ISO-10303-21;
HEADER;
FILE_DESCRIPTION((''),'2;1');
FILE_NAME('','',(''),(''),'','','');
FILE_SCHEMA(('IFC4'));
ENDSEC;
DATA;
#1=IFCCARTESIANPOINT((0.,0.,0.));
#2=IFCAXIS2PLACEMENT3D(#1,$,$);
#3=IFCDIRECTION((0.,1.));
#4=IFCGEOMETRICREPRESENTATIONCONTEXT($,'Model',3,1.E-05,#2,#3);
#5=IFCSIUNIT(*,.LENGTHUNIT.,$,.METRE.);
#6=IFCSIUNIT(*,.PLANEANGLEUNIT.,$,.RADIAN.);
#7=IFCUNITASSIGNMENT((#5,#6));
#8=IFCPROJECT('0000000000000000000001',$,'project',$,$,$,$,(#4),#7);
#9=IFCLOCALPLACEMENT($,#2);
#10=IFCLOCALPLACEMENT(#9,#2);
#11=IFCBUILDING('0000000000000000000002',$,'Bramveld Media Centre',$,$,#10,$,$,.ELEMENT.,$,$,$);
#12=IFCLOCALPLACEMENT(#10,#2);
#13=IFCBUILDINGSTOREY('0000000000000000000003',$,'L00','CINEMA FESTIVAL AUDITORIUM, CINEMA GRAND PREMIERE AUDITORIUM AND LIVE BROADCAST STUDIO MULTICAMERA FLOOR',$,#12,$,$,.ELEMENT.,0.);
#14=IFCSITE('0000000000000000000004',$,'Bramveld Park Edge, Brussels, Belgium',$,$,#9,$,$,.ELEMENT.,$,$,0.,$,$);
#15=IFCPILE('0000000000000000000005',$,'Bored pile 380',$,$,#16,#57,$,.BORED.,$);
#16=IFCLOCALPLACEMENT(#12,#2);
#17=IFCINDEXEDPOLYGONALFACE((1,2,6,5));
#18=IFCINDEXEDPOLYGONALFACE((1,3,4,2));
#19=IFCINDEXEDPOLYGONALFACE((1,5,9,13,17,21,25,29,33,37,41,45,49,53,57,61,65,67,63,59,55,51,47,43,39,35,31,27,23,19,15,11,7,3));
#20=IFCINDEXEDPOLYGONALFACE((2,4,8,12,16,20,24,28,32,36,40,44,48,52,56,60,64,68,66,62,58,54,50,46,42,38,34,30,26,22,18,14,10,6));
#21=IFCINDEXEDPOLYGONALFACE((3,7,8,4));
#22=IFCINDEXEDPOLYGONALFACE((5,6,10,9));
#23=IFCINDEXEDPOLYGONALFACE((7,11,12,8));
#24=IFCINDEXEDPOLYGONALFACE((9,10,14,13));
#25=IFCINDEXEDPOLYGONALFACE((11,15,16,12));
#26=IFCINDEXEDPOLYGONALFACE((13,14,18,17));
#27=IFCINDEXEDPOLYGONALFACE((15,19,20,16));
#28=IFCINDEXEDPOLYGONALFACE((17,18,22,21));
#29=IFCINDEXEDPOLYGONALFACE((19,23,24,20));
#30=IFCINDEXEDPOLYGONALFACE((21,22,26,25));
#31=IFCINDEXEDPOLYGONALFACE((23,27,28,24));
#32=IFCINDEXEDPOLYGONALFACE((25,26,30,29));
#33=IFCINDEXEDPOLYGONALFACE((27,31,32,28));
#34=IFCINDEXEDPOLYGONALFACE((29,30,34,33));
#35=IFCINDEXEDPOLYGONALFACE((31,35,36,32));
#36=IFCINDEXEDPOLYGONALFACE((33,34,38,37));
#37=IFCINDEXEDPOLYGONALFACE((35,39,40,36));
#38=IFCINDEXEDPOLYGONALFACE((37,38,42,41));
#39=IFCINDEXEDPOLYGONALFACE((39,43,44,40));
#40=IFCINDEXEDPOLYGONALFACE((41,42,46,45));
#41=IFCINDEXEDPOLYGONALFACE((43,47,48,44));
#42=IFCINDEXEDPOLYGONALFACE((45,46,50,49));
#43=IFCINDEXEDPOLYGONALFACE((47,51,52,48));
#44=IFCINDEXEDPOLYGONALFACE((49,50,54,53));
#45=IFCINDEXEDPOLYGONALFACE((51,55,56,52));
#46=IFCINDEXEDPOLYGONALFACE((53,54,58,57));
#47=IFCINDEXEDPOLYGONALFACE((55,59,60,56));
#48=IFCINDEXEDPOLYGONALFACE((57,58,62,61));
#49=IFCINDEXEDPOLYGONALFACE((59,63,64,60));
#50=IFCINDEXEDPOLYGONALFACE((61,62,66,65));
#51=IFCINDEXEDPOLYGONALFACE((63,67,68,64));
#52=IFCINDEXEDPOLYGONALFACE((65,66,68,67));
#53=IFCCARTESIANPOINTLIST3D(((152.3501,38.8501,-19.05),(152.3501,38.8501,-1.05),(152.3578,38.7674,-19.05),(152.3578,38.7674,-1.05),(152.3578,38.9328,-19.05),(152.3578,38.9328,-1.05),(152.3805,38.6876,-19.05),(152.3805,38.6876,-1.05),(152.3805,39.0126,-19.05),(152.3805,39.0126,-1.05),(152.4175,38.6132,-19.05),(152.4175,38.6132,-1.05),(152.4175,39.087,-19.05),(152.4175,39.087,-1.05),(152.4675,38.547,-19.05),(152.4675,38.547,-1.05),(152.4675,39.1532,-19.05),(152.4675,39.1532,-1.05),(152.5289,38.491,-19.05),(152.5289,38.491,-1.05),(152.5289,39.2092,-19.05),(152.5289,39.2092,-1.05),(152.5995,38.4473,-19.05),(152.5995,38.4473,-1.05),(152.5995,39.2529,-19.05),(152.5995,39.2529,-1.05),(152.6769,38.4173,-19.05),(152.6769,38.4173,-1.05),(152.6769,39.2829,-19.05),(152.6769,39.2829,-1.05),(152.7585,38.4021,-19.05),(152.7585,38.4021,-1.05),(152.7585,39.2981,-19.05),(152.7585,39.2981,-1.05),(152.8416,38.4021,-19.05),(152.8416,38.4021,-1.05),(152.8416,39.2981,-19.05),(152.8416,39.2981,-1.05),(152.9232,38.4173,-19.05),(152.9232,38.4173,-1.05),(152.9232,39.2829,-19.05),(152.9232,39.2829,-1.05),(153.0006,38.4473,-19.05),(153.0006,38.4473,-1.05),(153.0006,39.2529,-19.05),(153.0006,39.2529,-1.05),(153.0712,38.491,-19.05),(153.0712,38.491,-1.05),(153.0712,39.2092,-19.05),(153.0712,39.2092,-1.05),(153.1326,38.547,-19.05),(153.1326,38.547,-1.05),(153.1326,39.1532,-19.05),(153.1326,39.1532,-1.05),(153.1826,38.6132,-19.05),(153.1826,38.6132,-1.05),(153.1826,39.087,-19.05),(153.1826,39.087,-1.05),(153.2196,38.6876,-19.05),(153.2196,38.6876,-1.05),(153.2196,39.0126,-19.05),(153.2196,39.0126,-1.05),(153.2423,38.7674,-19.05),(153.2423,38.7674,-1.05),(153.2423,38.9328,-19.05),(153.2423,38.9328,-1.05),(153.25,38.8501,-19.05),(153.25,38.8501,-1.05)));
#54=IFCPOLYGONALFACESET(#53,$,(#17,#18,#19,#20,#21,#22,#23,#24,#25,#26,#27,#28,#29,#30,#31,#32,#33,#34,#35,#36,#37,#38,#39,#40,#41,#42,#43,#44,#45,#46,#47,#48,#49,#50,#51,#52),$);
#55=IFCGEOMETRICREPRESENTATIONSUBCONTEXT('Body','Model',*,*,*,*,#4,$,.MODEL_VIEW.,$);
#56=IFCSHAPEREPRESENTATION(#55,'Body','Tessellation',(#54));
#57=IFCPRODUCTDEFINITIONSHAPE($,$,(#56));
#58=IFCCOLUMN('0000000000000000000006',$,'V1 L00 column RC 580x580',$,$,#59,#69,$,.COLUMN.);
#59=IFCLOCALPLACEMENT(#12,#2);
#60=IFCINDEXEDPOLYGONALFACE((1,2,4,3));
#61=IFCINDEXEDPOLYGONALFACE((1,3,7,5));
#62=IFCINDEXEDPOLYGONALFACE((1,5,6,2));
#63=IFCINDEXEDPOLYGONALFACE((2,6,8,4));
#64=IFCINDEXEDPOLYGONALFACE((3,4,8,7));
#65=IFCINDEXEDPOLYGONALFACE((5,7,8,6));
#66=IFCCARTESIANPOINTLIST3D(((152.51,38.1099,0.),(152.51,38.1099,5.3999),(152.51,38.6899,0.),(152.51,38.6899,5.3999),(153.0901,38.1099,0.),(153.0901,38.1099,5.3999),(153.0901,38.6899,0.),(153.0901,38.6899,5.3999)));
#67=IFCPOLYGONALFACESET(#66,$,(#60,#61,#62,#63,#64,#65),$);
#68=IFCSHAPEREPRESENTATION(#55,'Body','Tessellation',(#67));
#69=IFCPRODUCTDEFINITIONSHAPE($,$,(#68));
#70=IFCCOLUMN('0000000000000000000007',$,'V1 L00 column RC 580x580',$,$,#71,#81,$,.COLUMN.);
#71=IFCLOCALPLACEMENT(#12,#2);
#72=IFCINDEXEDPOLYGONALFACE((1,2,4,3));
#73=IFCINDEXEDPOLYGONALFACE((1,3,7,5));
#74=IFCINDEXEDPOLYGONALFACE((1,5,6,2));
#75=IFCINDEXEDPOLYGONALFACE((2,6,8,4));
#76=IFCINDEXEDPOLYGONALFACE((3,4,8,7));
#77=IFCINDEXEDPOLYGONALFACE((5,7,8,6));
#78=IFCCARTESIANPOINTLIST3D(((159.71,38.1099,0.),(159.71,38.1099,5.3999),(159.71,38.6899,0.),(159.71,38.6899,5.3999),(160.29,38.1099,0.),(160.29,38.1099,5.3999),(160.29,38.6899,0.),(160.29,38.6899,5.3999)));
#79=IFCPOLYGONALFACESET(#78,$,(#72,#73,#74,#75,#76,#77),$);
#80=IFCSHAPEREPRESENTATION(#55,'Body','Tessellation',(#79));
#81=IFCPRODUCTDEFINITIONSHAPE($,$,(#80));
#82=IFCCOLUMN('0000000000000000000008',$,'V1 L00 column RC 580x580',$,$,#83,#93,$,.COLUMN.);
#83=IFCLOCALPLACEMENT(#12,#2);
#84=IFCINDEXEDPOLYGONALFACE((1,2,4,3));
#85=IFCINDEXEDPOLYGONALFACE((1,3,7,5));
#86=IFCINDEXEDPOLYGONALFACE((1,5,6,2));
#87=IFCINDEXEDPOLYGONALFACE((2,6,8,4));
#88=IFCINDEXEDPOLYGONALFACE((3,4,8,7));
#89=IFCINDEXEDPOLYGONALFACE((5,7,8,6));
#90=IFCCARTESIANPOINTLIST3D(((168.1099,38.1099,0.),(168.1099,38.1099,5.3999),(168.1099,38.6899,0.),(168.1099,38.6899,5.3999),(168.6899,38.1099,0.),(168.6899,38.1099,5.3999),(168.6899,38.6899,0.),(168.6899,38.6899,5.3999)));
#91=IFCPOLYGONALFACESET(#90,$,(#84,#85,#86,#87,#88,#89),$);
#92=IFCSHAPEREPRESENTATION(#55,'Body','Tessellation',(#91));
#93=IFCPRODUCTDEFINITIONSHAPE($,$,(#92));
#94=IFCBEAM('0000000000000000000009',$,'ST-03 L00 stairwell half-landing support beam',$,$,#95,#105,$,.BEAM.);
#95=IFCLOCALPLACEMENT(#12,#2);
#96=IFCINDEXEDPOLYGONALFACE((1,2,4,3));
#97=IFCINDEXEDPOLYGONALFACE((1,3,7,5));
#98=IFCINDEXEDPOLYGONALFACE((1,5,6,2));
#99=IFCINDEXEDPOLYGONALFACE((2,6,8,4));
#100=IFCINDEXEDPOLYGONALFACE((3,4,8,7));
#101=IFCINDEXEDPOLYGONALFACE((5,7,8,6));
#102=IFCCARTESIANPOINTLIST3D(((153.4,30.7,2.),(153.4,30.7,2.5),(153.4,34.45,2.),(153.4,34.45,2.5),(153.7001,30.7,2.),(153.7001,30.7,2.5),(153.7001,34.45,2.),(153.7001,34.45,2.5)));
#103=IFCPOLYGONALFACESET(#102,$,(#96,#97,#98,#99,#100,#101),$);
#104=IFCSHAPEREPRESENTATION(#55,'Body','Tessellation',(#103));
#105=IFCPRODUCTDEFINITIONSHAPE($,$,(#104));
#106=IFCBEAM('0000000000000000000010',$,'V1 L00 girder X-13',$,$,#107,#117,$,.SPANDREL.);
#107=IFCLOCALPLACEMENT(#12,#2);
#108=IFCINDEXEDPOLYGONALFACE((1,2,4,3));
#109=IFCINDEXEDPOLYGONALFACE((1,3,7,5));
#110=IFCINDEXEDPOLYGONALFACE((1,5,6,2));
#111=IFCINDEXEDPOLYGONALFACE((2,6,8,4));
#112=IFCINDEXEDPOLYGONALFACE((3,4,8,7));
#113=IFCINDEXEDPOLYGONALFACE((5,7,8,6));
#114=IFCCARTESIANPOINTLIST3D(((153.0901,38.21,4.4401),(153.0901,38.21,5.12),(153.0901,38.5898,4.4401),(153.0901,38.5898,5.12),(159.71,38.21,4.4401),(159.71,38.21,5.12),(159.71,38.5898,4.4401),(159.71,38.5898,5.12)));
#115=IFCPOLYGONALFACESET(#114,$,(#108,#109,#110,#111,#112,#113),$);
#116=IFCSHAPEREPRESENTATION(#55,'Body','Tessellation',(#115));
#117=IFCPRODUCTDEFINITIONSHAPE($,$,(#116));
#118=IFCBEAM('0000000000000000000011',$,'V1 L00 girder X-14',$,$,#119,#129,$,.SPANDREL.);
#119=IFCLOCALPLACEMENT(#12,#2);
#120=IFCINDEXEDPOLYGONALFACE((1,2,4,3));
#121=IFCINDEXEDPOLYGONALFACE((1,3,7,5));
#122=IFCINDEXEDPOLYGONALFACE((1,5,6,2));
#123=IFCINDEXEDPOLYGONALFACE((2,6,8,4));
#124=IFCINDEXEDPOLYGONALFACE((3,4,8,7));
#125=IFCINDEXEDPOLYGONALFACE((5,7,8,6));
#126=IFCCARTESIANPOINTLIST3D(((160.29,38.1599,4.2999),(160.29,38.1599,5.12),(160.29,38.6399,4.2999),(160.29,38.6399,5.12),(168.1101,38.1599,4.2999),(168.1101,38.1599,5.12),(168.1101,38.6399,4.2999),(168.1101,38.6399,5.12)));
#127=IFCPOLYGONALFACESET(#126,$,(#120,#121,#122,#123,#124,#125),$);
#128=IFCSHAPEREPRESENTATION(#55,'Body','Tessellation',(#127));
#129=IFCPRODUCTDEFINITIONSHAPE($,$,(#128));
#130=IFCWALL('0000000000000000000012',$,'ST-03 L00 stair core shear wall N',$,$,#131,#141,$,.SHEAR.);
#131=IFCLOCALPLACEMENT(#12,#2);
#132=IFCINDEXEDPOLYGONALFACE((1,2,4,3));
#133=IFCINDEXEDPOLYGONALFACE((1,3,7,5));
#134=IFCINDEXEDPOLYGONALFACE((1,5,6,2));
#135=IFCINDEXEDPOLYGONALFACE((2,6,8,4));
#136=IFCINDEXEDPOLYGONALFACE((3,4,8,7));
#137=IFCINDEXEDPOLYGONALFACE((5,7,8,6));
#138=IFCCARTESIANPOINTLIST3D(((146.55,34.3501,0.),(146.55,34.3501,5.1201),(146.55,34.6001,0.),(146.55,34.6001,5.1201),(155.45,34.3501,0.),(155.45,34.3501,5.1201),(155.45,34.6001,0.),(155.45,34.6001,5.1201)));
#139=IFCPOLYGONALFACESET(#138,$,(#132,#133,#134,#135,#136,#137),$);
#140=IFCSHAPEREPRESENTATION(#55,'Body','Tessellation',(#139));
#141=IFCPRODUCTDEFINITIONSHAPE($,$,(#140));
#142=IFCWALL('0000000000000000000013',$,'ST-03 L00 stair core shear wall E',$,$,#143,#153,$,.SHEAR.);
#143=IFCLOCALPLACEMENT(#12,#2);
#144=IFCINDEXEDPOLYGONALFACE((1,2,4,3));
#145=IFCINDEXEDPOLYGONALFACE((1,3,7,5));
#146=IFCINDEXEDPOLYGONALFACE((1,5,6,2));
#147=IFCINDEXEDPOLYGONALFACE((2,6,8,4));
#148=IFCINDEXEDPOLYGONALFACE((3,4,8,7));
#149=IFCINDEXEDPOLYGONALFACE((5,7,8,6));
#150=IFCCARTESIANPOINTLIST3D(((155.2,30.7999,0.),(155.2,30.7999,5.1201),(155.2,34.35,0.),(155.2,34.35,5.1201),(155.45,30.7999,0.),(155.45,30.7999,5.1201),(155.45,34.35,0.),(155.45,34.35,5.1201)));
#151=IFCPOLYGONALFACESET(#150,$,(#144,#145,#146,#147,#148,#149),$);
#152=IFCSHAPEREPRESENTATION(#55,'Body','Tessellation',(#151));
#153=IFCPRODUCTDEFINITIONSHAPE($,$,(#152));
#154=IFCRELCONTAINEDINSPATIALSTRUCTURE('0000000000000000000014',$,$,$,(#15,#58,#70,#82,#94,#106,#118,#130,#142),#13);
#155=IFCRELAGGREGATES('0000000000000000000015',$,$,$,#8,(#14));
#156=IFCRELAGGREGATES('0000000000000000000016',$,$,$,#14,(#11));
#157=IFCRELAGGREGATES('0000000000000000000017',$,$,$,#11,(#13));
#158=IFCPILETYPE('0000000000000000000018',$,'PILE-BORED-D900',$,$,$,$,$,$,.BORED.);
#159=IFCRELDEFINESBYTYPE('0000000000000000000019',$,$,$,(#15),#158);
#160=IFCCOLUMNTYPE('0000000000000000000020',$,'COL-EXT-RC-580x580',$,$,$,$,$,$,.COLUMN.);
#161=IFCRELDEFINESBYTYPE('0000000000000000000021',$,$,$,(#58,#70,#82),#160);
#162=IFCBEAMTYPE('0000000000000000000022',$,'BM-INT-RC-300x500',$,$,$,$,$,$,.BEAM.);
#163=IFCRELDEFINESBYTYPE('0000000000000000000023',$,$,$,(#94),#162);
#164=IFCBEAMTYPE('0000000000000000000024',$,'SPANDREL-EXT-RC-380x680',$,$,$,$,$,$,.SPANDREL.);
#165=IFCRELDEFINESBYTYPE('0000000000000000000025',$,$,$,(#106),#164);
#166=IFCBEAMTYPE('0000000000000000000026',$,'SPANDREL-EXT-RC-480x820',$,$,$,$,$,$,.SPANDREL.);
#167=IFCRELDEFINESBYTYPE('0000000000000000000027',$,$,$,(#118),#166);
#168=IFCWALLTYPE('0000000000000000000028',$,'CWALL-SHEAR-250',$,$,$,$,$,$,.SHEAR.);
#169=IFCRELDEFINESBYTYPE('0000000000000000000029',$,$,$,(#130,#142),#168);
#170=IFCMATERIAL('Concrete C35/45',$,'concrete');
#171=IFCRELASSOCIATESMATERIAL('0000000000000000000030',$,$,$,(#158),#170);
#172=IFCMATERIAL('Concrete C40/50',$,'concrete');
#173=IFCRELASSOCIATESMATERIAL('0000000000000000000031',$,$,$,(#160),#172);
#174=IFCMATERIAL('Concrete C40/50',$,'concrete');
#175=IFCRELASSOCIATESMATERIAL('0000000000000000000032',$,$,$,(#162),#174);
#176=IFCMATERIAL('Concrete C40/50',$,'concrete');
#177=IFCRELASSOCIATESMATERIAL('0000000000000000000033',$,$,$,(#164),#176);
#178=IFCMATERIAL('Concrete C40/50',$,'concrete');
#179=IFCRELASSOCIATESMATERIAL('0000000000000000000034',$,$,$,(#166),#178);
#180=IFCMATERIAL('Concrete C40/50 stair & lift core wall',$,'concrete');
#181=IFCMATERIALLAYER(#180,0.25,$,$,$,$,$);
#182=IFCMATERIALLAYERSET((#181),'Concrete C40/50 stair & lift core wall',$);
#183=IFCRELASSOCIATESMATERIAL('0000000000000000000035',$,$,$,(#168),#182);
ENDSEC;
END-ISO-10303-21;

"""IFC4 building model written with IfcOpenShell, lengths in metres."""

from ifc_helpers import new_model, si_unit, direction, frame, frame_2d, origin, origin_2d, place, context, subcontext, project, spatial, rectangle, circle, extrude, material, layer, layer_set, material_profile, profile_set, type_object, element, save


model = new_model("IFC4")

# Units and contexts
model_context = context("Model", 3, precision=1e-05, world=origin(), true_north=direction((0.0, 1.0)))
body_context = subcontext(model_context, "Body", "Model", "MODEL_VIEW")
ifc_project = project(units=[si_unit("LENGTHUNIT", "METRE"), si_unit("PLANEANGLEUNIT", "RADIAN")], contexts=[model_context])

# Site, building, storey
site_placement = place(None, origin())
site = spatial("IfcSite", under=ifc_project, at=site_placement, Name="Bramveld Park Edge, Brussels, Belgium", CompositionType="ELEMENT", RefElevation=0.0)
building_placement = place(site_placement, origin())
building = spatial("IfcBuilding", under=site, at=building_placement, Name="Bramveld Media Centre", CompositionType="ELEMENT")
storey_placement = place(building_placement, origin())
storey = spatial("IfcBuildingStorey", under=building, at=storey_placement, Name="L00", Description="CINEMA FESTIVAL AUDITORIUM, CINEMA GRAND PREMIERE AUDITORIUM AND LIVE BROADCAST STUDIO MULTICAMERA FLOOR", CompositionType="ELEMENT", Elevation=0.0)

# Pile
ifc_material_1 = material(Name="Concrete C35/45", Category="concrete")
ifc_material_profile_1 = material_profile(ifc_material_1, circle(Radius=0.45, at=origin_2d()), Name="BORED D900")
ifc_profile_set_1 = profile_set([ifc_material_profile_1], Name="Concrete C35/45")
pile_type_1 = type_object("IfcPileType", Name="PILE-BORED-D900", PredefinedType="BORED", material=ifc_profile_set_1)
pile_placement = place(storey_placement, frame((152.8, 38.8501, -1.05), z_axis=(0.0, 0.0, -1.0), x_axis=(1.0, 0.0, 0.0)))
element("IfcPile", 1, at=pile_placement, inside=storey, type_object=pile_type_1, Name="Bored pile 380", PredefinedType="BORED", context=body_context, shape_type="SweptSolid", body=[
    extrude(circle(Radius=0.45, at=origin_2d()), origin(), (0.0, 0.0, 1.0), 18.0),
])

# Columns
ifc_material_2 = material(Name="Concrete C40/50", Category="concrete")
ifc_material_profile_2 = material_profile(ifc_material_2, rectangle(XDim=0.5801, YDim=0.5801, at=origin_2d()), Name="RC 580x580")
ifc_profile_set_2 = profile_set([ifc_material_profile_2], Name="Concrete C40/50")
column_type = type_object("IfcColumnType", Name="COL-EXT-RC-580x580", PredefinedType="COLUMN", material=ifc_profile_set_2)
for number, where, z_axis, x_axis, name in (
    (2, (152.8, 38.3999, 0.0), (0.0, 0.0, 1.0), (1.0, 0.0, 0.0), "V1 L00 column RC 580x580"),
    (3, (160.0, 38.3999, 0.0), (0.0, 0.0, 1.0), (1.0, 0.0, 0.0), "V1 L00 column RC 580x580"),
    (4, (168.3999, 38.3999, 0.0), (0.0, 0.0, 1.0), (1.0, 0.0, 0.0), "V1 L00 column RC 580x580"),
):
    element("IfcColumn", number, at=place(storey_placement, frame(where, z_axis=z_axis, x_axis=x_axis)), inside=storey, type_object=column_type, Name=name, PredefinedType="COLUMN", context=body_context, shape_type="SweptSolid", body=[
        extrude(rectangle(XDim=0.5801, YDim=0.5801, at=origin_2d()), origin(), (0.0, 0.0, 1.0), 5.3999),
    ])

# Beams
ifc_material_3 = material(Name="Concrete C40/50", Category="concrete")
ifc_material_profile_3 = material_profile(ifc_material_3, rectangle(XDim=0.3, YDim=0.5, at=origin_2d()), Name="RC 300x500")
ifc_profile_set_3 = profile_set([ifc_material_profile_3], Name="Concrete C40/50")
beam_type_1 = type_object("IfcBeamType", Name="BM-INT-RC-300x500", PredefinedType="BEAM", material=ifc_profile_set_3)
beam_1_placement = place(storey_placement, frame((153.55, 30.7, 2.25), z_axis=(0.0, 1.0, 0.0), x_axis=(-1.0, 0.0, 0.0)))
element("IfcBeam", 5, at=beam_1_placement, inside=storey, type_object=beam_type_1, Name="ST-03 L00 stairwell half-landing support beam", PredefinedType="BEAM", context=body_context, shape_type="SweptSolid", body=[
    extrude(rectangle(XDim=0.3, YDim=0.5, at=origin_2d()), origin(), (0.0, 0.0, 1.0), 3.75),
])
ifc_material_4 = material(Name="Concrete C40/50", Category="concrete")
ifc_material_profile_4 = material_profile(ifc_material_4, rectangle(XDim=0.3799, YDim=0.6799, at=origin_2d()), Name="RC 380x680")
ifc_profile_set_4 = profile_set([ifc_material_profile_4], Name="Concrete C40/50")
beam_type_2 = type_object("IfcBeamType", Name="SPANDREL-EXT-RC-380x680", PredefinedType="SPANDREL", material=ifc_profile_set_4)
beam_2_placement = place(storey_placement, frame((153.0901, 38.3999, 4.78), z_axis=(1.0, 0.0, 0.0), x_axis=(0.0, 1.0, 0.0)))
element("IfcBeam", 6, at=beam_2_placement, inside=storey, type_object=beam_type_2, Name="V1 L00 girder X-13", PredefinedType="SPANDREL", context=body_context, shape_type="SweptSolid", body=[
    extrude(rectangle(XDim=0.3799, YDim=0.6799, at=origin_2d()), origin(), (0.0, 0.0, 1.0), 6.6199),
])
ifc_material_5 = material(Name="Concrete C40/50", Category="concrete")
ifc_material_profile_5 = material_profile(ifc_material_5, rectangle(XDim=0.48, YDim=0.8201, at=origin_2d()), Name="RC 480x820")
ifc_profile_set_5 = profile_set([ifc_material_profile_5], Name="Concrete C40/50")
beam_type_3 = type_object("IfcBeamType", Name="SPANDREL-EXT-RC-480x820", PredefinedType="SPANDREL", material=ifc_profile_set_5)
beam_3_placement = place(storey_placement, frame((160.29, 38.3999, 4.71), z_axis=(1.0, 0.0, 0.0), x_axis=(0.0, 1.0, 0.0)))
element("IfcBeam", 7, at=beam_3_placement, inside=storey, type_object=beam_type_3, Name="V1 L00 girder X-14", PredefinedType="SPANDREL", context=body_context, shape_type="SweptSolid", body=[
    extrude(rectangle(XDim=0.48, YDim=0.8201, at=origin_2d()), origin(), (0.0, 0.0, 1.0), 7.8201),
])

# Walls
ifc_material_6 = material(Name="Concrete C40/50 stair & lift core wall", Category="concrete")
ifc_layer = layer(ifc_material_6, 0.25)
ifc_layer_set = layer_set([ifc_layer], Name="Concrete C40/50 stair & lift core wall")
wall_type = type_object("IfcWallType", Name="CWALL-SHEAR-250", PredefinedType="SHEAR", material=ifc_layer_set)
wall_1_placement = place(storey_placement, frame((155.45, 34.4751, 0.0), z_axis=(0.0, 0.0, 1.0), x_axis=(-1.0, 0.0, 0.0)))
element("IfcWall", 8, at=wall_1_placement, inside=storey, type_object=wall_type, Name="ST-03 L00 stair core shear wall N", PredefinedType="SHEAR", context=body_context, shape_type="SweptSolid", body=[
    extrude(rectangle(XDim=8.8999, YDim=0.25, at=frame_2d((4.45, 0.0))), origin(), (0.0, 0.0, 1.0), 5.1201),
])
wall_2_placement = place(storey_placement, frame((155.325, 30.8, 0.0), z_axis=(0.0, 0.0, 1.0), x_axis=(0.0, 1.0, 0.0)))
element("IfcWall", 9, at=wall_2_placement, inside=storey, type_object=wall_type, Name="ST-03 L00 stair core shear wall E", PredefinedType="SHEAR", context=body_context, shape_type="SweptSolid", body=[
    extrude(rectangle(XDim=3.55, YDim=0.25, at=frame_2d((1.7749, 0.0))), origin(), (0.0, 0.0, 1.0), 5.1201),
])

save(model, "model.ifc")
